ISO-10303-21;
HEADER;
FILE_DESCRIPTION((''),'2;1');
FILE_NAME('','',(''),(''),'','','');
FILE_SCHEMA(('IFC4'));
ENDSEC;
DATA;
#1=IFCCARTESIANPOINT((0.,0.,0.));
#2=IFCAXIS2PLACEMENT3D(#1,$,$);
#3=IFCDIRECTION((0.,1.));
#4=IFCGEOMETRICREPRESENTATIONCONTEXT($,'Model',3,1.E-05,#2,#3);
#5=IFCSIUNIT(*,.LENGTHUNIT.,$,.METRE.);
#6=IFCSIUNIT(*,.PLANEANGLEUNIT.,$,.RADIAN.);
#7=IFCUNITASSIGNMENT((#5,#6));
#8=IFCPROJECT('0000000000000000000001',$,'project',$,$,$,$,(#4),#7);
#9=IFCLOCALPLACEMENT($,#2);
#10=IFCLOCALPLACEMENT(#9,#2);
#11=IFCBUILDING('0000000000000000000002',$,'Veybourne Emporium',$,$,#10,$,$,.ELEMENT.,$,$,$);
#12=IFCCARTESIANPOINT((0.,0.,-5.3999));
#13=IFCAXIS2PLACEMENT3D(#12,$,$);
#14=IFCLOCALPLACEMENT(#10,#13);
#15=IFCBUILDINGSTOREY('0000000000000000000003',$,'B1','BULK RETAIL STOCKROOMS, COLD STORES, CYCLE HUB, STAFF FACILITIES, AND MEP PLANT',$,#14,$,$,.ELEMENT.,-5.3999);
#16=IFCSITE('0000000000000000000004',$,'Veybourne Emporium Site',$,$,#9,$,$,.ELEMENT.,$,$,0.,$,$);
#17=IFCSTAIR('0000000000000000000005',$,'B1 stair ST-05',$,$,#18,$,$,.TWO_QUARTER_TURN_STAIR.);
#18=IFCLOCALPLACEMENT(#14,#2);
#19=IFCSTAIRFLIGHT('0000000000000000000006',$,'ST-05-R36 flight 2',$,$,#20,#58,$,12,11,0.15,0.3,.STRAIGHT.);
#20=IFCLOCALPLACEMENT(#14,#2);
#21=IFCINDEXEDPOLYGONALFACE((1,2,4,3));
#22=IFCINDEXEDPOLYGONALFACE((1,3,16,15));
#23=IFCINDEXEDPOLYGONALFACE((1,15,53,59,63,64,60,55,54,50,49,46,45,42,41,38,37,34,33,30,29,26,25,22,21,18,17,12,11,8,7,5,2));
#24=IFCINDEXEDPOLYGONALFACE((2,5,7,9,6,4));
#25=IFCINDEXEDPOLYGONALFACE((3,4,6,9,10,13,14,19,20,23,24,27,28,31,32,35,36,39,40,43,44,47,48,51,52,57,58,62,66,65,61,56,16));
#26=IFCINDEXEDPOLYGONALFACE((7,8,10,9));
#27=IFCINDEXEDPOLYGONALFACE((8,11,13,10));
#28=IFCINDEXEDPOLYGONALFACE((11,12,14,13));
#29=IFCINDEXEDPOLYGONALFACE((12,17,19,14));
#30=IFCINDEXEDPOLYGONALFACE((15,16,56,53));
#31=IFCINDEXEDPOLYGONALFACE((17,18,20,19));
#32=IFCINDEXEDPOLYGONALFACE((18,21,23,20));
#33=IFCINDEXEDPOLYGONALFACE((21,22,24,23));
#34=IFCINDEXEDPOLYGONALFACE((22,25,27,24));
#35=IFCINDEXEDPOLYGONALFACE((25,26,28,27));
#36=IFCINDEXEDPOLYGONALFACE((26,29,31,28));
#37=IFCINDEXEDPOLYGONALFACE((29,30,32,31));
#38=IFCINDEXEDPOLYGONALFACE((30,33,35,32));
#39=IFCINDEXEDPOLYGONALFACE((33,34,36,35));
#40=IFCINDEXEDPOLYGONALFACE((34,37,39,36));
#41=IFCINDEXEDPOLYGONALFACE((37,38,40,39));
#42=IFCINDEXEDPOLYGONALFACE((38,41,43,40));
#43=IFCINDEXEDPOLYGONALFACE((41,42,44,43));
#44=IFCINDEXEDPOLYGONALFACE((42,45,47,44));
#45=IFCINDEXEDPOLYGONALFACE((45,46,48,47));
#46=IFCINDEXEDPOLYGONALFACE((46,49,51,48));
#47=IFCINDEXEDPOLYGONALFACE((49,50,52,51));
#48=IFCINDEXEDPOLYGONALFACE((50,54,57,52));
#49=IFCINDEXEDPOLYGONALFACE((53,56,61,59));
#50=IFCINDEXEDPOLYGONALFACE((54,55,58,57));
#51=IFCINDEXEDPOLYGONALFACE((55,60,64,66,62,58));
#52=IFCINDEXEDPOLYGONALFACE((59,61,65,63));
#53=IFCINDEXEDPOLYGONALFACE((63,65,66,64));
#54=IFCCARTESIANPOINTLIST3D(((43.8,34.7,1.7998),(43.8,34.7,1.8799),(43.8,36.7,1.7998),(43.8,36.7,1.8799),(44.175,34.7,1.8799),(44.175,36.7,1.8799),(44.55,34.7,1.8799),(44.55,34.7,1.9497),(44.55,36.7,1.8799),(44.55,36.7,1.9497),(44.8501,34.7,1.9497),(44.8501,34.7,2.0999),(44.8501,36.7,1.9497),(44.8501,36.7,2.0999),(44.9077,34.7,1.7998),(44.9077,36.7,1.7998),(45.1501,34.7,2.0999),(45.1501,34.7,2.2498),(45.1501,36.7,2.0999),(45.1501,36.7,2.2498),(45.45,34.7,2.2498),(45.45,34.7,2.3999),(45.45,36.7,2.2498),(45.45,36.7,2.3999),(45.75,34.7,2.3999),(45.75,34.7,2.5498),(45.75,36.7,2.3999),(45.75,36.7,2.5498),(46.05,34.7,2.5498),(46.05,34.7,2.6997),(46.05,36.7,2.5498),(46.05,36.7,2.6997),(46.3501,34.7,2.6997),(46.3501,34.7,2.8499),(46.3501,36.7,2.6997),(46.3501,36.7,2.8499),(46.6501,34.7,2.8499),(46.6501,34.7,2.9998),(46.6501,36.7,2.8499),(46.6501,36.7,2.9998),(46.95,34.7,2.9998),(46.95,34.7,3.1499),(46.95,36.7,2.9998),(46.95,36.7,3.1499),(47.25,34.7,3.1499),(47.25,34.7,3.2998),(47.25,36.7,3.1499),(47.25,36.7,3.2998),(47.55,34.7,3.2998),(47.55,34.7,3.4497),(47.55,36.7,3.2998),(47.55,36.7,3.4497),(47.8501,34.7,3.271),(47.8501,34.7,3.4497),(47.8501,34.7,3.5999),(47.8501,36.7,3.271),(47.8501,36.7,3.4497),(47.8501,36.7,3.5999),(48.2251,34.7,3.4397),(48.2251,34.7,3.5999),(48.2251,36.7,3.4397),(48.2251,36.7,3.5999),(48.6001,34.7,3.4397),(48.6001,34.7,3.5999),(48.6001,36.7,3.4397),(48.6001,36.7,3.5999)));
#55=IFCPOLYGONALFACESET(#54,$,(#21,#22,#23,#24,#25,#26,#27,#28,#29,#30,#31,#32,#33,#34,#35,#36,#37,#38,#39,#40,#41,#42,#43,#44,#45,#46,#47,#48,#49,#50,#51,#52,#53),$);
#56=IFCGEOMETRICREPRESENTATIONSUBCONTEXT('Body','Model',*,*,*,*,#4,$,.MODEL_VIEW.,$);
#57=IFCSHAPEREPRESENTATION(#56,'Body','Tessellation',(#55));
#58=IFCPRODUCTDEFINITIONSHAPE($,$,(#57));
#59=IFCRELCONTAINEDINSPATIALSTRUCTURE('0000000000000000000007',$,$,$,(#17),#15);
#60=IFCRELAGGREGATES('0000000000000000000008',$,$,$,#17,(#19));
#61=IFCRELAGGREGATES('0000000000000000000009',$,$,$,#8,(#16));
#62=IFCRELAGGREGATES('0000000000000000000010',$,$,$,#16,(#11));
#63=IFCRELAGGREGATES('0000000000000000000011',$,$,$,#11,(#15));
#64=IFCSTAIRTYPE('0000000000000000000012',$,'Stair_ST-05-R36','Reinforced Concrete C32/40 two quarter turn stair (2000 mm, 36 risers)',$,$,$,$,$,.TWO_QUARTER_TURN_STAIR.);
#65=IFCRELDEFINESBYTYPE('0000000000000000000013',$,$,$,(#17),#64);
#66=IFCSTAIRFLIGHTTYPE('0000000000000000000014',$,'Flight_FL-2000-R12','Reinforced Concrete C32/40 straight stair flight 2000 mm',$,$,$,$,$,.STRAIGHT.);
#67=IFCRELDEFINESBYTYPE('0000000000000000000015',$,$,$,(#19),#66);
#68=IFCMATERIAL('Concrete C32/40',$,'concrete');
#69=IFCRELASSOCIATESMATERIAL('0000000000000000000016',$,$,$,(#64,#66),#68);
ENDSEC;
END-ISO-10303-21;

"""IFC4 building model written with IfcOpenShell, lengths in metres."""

from ifc_helpers import new_model, si_unit, direction, frame, origin, place, context, subcontext, project, spatial, polyline, outline, extrude, material, type_object, element, aggregate, save


model = new_model("IFC4")

# Units and contexts
model_context = context("Model", 3, precision=1e-05, world=origin(), true_north=direction((0.0, 1.0)))
body_context = subcontext(model_context, "Body", "Model", "MODEL_VIEW")
ifc_project = project(units=[si_unit("LENGTHUNIT", "METRE"), si_unit("PLANEANGLEUNIT", "RADIAN")], contexts=[model_context])

# Site, building, storey
site_placement = place(None, origin())
site = spatial("IfcSite", under=ifc_project, at=site_placement, Name="Veybourne Emporium Site", CompositionType="ELEMENT", RefElevation=0.0)
building_placement = place(site_placement, origin())
building = spatial("IfcBuilding", under=site, at=building_placement, Name="Veybourne Emporium", CompositionType="ELEMENT")
storey_placement = place(building_placement, frame((0.0, 0.0, -5.3999)))
storey = spatial("IfcBuildingStorey", under=building, at=storey_placement, Name="B1", Description="BULK RETAIL STOCKROOMS, COLD STORES, CYCLE HUB, STAFF FACILITIES, AND MEP PLANT", CompositionType="ELEMENT", Elevation=-5.3999)

# Shared definitions
ifc_material_1 = material(Name="Concrete C32/40", Category="concrete")

# Stair, stair flight
stair_type = type_object("IfcStairType", Name="Stair_ST-05-R36", Description="Reinforced Concrete C32/40 two quarter turn stair (2000 mm, 36 risers)", PredefinedType="TWO_QUARTER_TURN_STAIR", material=ifc_material_1)
stair_placement = place(storey_placement, origin())
stair = element("IfcStair", 1, at=stair_placement, inside=storey, type_object=stair_type, Name="B1 stair ST-05", PredefinedType="TWO_QUARTER_TURN_STAIR")
stair_flight_type = type_object("IfcStairFlightType", Name="Flight_FL-2000-R12", Description="Reinforced Concrete C32/40 straight stair flight 2000 mm", PredefinedType="STRAIGHT", material=ifc_material_1)
stair_flight_placement = place(storey_placement, frame((44.55, 35.7, 1.7998), z_axis=(0.0, 0.0, 1.0), x_axis=(1.0, 0.0, 0.0)))
stair_flight = element("IfcStairFlight", 2, at=stair_flight_placement, type_object=stair_flight_type, Name="ST-05-R36 flight 2", NumberOfRisers=12, NumberOfTreads=11, PredefinedType="STRAIGHT", RiserHeight=0.15, TreadLength=0.3, context=body_context, shape_type="SweptSolid", body=[
    extrude(outline(polyline([(-0.75, 0.0), (-0.75, 0.0801), (-0.375, 0.0801), (0.0, 0.0801), (0.0, 0.1499), (0.3, 0.1499), (0.3, 0.3), (0.6001, 0.3), (0.6001, 0.45), (0.8999, 0.45), (0.8999, 0.6001), (1.2, 0.6001), (1.2, 0.75), (1.5, 0.75), (1.5, 0.8999), (1.8, 0.8999), (1.8, 1.05), (2.1001, 1.05), (2.1001, 1.2), (2.3999, 1.2), (2.3999, 1.3501), (2.7, 1.3501), (2.7, 1.5), (3.0, 1.5), (3.0, 1.6499), (3.3, 1.6499), (3.3, 1.8), (3.675, 1.8), (4.05, 1.8), (4.05, 1.6399), (3.675, 1.6399), (3.3, 1.4712), (0.3577, 0.0), (-0.75, 0.0)])), frame((0.0, 1.0, 0.0), z_axis=(0.0, -1.0, 0.0), x_axis=(1.0, 0.0, 0.0)), (0.0, 0.0, 1.0), 2.0),
])
aggregate(stair, [stair_flight])

save(model, "model.ifc")
